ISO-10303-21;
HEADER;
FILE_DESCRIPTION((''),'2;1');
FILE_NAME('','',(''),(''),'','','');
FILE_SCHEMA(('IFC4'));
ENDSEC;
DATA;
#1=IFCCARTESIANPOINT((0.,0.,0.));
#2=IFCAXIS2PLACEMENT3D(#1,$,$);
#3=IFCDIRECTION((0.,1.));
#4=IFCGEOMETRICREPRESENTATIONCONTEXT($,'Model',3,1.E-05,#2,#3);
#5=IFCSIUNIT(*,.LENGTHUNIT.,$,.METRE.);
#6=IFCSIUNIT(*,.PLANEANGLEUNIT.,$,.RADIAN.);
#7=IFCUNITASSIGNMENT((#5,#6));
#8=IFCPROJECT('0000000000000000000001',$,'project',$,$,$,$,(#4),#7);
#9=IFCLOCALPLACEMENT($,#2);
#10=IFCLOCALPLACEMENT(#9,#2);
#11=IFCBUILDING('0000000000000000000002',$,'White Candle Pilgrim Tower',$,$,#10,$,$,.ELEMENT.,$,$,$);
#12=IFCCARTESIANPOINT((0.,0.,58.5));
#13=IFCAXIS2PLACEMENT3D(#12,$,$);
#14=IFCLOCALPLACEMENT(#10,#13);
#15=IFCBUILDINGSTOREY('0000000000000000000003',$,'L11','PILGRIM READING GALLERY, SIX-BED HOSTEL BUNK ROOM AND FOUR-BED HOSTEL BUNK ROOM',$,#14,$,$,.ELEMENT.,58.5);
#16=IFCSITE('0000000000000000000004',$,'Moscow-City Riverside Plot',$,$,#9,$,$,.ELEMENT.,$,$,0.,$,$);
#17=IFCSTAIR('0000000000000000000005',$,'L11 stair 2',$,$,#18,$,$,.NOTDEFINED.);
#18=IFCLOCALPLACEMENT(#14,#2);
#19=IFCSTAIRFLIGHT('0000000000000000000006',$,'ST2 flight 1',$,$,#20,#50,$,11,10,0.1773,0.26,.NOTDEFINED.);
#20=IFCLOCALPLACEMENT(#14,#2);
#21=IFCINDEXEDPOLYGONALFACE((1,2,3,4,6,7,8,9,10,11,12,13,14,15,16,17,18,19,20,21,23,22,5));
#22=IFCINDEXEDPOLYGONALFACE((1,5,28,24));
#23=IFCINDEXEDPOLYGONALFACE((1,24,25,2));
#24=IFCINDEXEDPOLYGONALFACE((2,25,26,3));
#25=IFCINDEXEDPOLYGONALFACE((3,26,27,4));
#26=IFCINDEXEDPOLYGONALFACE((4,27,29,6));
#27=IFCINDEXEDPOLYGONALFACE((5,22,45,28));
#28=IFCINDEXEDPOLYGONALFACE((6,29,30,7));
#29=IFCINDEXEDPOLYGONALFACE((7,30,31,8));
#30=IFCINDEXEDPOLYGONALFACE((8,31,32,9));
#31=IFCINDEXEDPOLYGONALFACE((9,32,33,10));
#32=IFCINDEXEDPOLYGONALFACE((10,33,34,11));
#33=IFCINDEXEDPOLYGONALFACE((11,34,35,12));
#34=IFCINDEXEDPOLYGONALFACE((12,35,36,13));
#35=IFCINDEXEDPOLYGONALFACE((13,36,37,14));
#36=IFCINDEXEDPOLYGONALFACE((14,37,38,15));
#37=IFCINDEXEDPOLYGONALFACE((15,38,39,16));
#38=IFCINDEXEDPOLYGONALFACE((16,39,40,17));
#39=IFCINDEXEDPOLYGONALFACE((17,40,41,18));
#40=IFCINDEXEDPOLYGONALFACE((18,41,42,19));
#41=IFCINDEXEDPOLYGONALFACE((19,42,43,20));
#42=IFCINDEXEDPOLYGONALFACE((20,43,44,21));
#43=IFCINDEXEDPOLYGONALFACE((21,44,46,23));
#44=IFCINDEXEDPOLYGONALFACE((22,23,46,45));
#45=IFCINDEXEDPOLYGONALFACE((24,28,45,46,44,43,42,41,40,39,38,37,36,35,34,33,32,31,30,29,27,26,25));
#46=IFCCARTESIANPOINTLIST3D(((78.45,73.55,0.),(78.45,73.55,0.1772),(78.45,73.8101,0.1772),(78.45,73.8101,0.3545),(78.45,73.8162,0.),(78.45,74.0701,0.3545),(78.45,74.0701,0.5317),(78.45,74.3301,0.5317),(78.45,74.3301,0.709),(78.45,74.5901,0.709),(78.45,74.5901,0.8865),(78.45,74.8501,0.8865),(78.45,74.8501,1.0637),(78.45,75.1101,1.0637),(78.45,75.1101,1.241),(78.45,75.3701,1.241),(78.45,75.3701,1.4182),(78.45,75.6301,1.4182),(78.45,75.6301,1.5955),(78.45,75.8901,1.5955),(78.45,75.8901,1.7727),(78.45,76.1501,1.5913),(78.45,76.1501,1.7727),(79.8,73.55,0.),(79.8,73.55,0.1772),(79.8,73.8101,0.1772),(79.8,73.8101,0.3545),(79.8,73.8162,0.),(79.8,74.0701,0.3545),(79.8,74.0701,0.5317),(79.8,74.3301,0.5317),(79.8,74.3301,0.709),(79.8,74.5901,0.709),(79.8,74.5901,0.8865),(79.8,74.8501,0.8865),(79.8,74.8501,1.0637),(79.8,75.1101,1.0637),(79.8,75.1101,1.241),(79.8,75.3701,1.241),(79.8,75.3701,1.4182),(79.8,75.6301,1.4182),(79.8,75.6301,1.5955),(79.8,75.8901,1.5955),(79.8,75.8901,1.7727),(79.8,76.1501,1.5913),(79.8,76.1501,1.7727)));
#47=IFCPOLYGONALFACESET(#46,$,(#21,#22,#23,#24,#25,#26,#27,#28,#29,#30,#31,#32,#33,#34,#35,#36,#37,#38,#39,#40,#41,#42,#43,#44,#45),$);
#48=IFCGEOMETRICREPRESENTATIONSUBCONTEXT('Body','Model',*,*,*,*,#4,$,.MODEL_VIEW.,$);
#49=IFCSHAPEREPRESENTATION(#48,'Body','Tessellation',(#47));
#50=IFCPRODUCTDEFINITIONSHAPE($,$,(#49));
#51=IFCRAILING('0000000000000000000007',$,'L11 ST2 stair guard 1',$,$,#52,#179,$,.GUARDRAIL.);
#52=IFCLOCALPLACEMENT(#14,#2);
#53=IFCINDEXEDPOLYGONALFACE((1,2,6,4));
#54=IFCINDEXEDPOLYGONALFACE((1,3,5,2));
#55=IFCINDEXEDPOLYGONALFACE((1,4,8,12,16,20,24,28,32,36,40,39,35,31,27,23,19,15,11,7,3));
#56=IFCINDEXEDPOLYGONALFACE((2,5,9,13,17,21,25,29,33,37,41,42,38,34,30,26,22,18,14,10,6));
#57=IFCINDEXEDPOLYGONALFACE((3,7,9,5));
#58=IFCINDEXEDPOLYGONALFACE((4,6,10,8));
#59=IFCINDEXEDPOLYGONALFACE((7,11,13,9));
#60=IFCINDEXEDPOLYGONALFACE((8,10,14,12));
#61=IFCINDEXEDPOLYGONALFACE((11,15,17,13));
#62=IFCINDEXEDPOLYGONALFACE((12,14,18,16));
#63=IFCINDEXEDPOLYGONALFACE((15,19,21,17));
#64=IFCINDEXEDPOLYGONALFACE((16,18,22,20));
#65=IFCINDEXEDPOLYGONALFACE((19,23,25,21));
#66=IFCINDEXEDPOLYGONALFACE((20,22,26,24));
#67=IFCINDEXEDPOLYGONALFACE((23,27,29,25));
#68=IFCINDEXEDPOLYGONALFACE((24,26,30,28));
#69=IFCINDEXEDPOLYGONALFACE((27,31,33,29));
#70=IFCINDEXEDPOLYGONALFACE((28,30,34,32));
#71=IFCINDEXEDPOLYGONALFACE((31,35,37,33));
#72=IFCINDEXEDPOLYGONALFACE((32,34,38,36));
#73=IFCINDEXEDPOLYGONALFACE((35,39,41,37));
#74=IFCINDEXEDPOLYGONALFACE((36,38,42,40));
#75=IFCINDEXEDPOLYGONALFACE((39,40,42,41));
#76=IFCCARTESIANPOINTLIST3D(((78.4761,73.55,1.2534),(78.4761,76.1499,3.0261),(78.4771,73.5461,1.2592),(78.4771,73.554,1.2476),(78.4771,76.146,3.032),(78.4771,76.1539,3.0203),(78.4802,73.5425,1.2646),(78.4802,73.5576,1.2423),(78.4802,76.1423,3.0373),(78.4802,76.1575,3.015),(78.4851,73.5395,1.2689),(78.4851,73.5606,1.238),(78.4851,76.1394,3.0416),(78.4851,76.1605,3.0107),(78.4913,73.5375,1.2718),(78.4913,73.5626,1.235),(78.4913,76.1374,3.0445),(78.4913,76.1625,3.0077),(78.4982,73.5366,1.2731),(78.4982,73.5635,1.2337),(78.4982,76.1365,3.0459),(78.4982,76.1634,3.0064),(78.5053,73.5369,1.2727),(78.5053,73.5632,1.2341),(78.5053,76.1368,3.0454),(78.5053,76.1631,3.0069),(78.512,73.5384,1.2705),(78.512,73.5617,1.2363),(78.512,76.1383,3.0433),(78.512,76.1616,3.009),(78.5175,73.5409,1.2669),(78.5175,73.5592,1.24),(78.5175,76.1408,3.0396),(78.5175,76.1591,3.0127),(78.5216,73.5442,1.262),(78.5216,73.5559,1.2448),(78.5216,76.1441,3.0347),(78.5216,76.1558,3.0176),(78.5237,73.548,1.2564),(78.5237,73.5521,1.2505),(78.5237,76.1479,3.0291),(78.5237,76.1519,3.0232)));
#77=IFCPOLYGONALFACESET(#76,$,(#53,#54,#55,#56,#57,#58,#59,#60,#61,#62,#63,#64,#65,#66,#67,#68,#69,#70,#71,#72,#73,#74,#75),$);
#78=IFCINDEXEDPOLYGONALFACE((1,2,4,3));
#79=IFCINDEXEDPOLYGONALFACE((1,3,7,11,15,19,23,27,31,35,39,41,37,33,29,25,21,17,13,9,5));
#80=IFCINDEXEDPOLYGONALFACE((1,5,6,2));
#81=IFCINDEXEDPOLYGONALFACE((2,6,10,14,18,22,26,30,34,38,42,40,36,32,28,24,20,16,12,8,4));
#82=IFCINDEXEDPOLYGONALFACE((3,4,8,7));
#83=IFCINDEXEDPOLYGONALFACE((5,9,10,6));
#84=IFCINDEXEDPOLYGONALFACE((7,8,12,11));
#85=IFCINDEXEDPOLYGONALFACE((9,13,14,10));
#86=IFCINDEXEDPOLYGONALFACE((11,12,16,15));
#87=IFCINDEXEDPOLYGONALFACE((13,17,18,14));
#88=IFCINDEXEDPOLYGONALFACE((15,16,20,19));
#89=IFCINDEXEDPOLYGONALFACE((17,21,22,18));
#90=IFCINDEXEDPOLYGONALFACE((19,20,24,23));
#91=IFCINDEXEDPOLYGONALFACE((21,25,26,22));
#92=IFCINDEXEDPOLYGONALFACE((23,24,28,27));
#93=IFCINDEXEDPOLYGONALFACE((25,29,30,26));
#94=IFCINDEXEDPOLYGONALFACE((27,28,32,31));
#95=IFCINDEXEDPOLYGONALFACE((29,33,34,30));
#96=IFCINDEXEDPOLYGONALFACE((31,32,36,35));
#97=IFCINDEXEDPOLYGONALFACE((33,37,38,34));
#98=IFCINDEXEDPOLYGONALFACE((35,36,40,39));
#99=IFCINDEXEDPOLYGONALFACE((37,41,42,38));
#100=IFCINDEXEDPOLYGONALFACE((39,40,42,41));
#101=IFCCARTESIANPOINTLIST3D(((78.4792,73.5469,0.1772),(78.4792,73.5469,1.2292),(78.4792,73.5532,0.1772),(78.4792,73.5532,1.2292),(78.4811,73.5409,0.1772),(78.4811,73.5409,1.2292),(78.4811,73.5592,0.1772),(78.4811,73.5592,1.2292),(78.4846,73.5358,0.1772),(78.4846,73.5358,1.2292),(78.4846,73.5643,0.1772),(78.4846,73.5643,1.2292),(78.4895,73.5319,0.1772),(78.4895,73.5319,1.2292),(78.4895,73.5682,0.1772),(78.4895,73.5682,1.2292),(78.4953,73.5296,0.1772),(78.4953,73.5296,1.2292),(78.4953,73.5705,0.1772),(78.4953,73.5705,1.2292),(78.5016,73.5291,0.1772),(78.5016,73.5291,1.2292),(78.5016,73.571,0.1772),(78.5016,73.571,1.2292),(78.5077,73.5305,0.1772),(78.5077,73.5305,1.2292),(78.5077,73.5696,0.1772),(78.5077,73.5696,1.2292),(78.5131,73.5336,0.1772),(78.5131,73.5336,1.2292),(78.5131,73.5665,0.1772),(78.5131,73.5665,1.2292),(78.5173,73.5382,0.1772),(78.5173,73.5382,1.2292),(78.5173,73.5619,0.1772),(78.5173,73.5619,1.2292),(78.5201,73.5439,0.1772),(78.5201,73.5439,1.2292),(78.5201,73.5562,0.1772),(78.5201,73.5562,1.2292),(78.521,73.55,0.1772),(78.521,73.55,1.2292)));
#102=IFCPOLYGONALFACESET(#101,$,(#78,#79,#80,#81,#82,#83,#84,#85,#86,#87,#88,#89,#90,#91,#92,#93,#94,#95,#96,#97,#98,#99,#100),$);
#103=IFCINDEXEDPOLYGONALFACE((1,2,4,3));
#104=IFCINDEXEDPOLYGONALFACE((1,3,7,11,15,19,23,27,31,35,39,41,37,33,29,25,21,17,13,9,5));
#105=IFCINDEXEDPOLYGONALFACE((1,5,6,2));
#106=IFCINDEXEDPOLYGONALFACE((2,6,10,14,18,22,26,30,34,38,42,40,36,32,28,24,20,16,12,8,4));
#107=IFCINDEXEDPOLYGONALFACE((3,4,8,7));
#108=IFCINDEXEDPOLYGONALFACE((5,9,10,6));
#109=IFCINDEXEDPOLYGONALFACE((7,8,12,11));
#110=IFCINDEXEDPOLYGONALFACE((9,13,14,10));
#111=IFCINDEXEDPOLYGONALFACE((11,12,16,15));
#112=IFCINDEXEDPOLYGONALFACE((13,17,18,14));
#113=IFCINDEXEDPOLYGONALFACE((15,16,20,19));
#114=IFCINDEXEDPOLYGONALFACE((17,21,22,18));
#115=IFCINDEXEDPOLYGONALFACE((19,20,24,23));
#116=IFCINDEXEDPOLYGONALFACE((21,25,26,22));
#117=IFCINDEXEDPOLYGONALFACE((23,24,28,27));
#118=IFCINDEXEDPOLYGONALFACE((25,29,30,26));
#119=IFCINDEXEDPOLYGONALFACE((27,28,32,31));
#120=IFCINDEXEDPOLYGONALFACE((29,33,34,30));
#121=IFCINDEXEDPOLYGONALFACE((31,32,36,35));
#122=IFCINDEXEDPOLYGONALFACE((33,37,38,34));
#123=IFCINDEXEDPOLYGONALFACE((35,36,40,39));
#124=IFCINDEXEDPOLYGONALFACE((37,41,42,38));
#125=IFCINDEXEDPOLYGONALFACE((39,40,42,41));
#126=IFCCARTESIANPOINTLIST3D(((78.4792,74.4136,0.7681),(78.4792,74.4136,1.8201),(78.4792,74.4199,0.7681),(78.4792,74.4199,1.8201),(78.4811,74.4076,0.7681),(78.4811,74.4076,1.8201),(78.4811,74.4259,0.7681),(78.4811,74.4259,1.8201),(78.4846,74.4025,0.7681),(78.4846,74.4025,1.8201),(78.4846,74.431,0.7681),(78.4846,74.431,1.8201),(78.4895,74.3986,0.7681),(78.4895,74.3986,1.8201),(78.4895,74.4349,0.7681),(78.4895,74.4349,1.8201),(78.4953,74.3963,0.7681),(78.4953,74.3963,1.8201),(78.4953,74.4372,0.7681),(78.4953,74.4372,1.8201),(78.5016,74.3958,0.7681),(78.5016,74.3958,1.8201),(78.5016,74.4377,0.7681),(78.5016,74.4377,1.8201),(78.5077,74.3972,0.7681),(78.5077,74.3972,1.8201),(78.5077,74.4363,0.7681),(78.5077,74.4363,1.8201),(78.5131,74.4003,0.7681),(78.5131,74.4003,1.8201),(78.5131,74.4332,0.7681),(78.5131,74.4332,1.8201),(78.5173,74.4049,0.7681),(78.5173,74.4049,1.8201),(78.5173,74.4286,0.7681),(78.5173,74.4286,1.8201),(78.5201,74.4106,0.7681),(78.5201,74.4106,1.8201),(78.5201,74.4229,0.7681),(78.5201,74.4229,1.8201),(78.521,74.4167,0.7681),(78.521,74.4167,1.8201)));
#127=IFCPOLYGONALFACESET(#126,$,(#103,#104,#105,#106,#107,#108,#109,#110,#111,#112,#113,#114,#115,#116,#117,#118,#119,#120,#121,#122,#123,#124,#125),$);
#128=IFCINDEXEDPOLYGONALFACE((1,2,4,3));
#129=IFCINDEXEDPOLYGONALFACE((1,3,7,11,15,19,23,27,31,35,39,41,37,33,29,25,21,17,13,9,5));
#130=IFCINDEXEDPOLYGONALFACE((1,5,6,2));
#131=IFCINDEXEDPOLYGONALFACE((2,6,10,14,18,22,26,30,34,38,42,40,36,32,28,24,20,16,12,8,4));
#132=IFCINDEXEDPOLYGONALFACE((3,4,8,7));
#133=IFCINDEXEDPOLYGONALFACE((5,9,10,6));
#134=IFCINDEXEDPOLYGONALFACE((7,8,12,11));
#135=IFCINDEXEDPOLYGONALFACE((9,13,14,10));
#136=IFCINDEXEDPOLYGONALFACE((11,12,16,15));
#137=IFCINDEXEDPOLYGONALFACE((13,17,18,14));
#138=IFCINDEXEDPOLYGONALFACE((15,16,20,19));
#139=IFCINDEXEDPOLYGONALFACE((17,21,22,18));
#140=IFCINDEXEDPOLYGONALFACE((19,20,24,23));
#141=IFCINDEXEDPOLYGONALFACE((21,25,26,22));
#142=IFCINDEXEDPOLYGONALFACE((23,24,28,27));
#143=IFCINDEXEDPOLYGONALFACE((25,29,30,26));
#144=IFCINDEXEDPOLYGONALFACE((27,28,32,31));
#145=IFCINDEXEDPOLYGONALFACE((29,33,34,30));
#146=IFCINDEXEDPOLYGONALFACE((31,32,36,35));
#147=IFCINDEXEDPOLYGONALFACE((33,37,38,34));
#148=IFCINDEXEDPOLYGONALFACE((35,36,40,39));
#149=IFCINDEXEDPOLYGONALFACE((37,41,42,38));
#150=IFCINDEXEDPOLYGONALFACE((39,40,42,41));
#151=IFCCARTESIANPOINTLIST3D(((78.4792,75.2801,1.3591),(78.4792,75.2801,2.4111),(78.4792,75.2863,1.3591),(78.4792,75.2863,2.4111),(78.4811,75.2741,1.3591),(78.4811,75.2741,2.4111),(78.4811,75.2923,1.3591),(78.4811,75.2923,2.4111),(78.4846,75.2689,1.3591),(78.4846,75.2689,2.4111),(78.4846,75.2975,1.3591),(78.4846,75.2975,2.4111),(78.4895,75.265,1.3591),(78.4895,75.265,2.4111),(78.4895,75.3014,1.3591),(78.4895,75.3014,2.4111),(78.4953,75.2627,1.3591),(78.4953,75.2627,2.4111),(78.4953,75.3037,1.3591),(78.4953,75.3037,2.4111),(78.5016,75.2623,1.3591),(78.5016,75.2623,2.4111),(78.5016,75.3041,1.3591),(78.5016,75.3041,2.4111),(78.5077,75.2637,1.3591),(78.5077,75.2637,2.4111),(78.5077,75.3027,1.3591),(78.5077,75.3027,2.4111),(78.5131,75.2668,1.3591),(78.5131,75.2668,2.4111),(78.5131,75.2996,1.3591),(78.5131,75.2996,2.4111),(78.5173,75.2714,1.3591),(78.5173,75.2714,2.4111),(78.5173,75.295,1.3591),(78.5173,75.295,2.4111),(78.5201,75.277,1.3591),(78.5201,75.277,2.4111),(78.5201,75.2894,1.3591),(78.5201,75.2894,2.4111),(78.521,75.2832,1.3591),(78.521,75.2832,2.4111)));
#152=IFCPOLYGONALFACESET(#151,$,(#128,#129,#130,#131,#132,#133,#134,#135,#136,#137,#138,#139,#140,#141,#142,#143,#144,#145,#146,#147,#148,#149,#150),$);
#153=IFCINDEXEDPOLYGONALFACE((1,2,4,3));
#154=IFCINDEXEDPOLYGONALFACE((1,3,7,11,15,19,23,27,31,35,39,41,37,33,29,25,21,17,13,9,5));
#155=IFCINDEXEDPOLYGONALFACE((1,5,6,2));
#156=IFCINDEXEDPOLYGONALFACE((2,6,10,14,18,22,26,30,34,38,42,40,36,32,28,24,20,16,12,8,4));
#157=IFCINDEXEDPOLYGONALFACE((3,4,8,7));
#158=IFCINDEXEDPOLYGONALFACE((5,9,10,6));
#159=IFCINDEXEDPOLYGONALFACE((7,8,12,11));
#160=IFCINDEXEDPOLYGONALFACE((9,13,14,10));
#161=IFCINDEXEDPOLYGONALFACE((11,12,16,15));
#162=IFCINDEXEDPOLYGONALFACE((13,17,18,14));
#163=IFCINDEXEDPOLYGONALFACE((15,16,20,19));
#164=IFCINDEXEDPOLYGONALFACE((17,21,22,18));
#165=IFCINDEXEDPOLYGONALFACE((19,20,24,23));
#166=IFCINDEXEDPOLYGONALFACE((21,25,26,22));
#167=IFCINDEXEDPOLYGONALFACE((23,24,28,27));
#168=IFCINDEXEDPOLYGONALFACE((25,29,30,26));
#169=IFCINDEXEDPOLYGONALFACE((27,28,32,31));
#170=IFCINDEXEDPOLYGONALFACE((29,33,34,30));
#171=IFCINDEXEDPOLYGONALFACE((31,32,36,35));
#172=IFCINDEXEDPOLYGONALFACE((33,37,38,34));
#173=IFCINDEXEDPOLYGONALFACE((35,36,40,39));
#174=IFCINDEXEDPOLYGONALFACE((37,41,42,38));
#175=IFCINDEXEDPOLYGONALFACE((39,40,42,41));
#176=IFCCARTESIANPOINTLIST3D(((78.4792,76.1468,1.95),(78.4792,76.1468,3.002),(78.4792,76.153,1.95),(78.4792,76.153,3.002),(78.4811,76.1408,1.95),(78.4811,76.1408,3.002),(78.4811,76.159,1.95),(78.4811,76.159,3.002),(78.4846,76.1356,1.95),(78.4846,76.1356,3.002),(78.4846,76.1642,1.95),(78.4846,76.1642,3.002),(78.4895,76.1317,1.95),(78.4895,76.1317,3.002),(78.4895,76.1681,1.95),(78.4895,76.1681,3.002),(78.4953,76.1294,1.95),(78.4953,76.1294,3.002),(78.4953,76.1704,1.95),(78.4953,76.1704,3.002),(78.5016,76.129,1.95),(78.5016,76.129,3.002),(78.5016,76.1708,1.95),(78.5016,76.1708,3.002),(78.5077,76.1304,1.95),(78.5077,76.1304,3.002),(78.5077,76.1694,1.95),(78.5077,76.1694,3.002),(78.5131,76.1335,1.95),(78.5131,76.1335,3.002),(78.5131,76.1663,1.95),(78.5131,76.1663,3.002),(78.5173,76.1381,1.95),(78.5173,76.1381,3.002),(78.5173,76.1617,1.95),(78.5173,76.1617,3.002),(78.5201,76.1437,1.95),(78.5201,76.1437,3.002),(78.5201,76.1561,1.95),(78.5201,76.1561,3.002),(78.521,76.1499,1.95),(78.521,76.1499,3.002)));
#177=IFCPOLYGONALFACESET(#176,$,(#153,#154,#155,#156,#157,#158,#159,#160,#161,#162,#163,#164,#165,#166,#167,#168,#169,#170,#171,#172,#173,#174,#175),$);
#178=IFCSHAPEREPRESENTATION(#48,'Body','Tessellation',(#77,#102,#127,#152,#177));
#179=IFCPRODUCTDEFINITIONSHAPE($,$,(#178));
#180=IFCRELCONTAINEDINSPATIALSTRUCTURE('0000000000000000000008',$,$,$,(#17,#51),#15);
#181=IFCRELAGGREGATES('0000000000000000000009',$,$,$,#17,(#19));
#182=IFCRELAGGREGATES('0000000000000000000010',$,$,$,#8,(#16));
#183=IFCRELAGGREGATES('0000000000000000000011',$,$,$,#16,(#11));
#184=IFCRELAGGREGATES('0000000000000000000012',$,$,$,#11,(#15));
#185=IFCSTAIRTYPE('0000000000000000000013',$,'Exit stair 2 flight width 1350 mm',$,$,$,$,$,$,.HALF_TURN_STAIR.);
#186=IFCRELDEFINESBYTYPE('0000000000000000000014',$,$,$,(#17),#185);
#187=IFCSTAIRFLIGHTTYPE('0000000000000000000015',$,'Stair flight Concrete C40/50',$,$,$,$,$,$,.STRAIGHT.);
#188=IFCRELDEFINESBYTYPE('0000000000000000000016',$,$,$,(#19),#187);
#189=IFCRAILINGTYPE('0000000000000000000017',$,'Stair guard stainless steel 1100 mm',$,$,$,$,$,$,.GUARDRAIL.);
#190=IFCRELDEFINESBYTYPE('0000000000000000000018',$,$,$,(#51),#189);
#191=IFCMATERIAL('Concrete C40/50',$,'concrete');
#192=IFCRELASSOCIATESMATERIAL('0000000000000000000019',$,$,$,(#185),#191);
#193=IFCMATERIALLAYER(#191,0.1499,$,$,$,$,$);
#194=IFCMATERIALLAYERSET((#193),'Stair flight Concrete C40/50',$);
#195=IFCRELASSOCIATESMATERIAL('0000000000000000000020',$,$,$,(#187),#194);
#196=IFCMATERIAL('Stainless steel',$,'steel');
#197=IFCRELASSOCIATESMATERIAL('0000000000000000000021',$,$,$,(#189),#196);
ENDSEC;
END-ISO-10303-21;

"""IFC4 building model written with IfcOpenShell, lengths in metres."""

from ifc_helpers import new_model, si_unit, direction, frame, origin, origin_2d, place, context, subcontext, project, spatial, polyline, circle, outline, extrude, material, layer, layer_set, type_object, element, aggregate, save


model = new_model("IFC4")

# Units and contexts
model_context = context("Model", 3, precision=1e-05, world=origin(), true_north=direction((0.0, 1.0)))
body_context = subcontext(model_context, "Body", "Model", "MODEL_VIEW")
ifc_project = project(units=[si_unit("LENGTHUNIT", "METRE"), si_unit("PLANEANGLEUNIT", "RADIAN")], contexts=[model_context])

# Site, building, storey
site_placement = place(None, origin())
site = spatial("IfcSite", under=ifc_project, at=site_placement, Name="Moscow-City Riverside Plot", CompositionType="ELEMENT", RefElevation=0.0)
building_placement = place(site_placement, origin())
building = spatial("IfcBuilding", under=site, at=building_placement, Name="White Candle Pilgrim Tower", CompositionType="ELEMENT")
storey_placement = place(building_placement, frame((0.0, 0.0, 58.5)))
storey = spatial("IfcBuildingStorey", under=building, at=storey_placement, Name="L11", Description="PILGRIM READING GALLERY, SIX-BED HOSTEL BUNK ROOM AND FOUR-BED HOSTEL BUNK ROOM", CompositionType="ELEMENT", Elevation=58.5)

# Stair, stair flight
ifc_material_1 = material(Name="Concrete C40/50", Category="concrete")
stair_type = type_object("IfcStairType", Name="Exit stair 2 flight width 1350 mm", PredefinedType="HALF_TURN_STAIR", material=ifc_material_1)
stair_placement = place(storey_placement, origin())
stair = element("IfcStair", 1, at=stair_placement, inside=storey, type_object=stair_type, Name="L11 stair 2", PredefinedType="NOTDEFINED")
ifc_layer_1 = layer(ifc_material_1, 0.1499)
ifc_layer_set_1 = layer_set([ifc_layer_1], Name="Stair flight Concrete C40/50")
stair_flight_type = type_object("IfcStairFlightType", Name="Stair flight Concrete C40/50", PredefinedType="STRAIGHT", material=ifc_layer_set_1)
stair_flight_placement = place(storey_placement, frame((79.125, 73.55, 0.0), z_axis=(0.0, 0.0, 1.0), x_axis=(0.0, 1.0, 0.0)))
stair_flight = element("IfcStairFlight", 2, at=stair_flight_placement, type_object=stair_flight_type, Name="ST2 flight 1", NumberOfRisers=11, NumberOfTreads=10, PredefinedType="NOTDEFINED", RiserHeight=0.1773, TreadLength=0.26, context=body_context, shape_type="SweptSolid", body=[
    extrude(outline(polyline([(0.0, 0.0), (0.0, 0.1772), (0.26, 0.1772), (0.26, 0.3545), (0.52, 0.3545), (0.52, 0.5317), (0.78, 0.5317), (0.78, 0.709), (1.04, 0.709), (1.04, 0.8865), (1.3, 0.8865), (1.3, 1.0637), (1.5601, 1.0637), (1.5601, 1.241), (1.8201, 1.241), (1.8201, 1.4182), (2.0801, 1.4182), (2.0801, 1.5955), (2.3401, 1.5955), (2.3401, 1.7727), (2.6001, 1.7727), (2.6001, 1.95), (2.6001, 1.5913), (0.2661, 0.0), (0.0, 0.0)])), frame((0.0, 0.675, 0.0), z_axis=(0.0, -1.0, 0.0), x_axis=(1.0, 0.0, 0.0)), (0.0, 0.0, 1.0), 1.3501),
])
aggregate(stair, [stair_flight])

# Railing
ifc_material_2 = material(Name="Stainless steel", Category="steel")
railing_type_1 = type_object("IfcRailingType", Name="Stair guard stainless steel 1100 mm", PredefinedType="GUARDRAIL", material=ifc_material_2)
railing_1_placement = place(storey_placement, frame((78.5, 73.55, 0.1772)))
element("IfcRailing", 3, at=railing_1_placement, inside=storey, type_object=railing_type_1, Name="L11 ST2 stair guard 1", PredefinedType="GUARDRAIL", context=body_context, shape_type="SweptSolid", body=[
    extrude(circle(Radius=0.0239, at=origin_2d()), frame((0.0, 0.0, 1.0762), z_axis=(0.0, 0.826216, 0.563354), x_axis=(-1.0, 0.0, 0.0)), (0.0, 0.0, 1.0), 3.1467),
    extrude(circle(Radius=0.021, at=origin_2d()), origin(), (0.0, 0.0, 1.0), 1.052),
    extrude(circle(Radius=0.021, at=origin_2d()), frame((0.0, 0.8667, 0.5908)), (0.0, 0.0, 1.0), 1.052),
    extrude(circle(Radius=0.021, at=origin_2d()), frame((0.0, 1.7332, 1.1819)), (0.0, 0.0, 1.0), 1.052),
    extrude(circle(Radius=0.021, at=origin_2d()), frame((0.0, 2.5999, 1.7727)), (0.0, 0.0, 1.0), 1.052),
])

save(model, "model.ifc")
